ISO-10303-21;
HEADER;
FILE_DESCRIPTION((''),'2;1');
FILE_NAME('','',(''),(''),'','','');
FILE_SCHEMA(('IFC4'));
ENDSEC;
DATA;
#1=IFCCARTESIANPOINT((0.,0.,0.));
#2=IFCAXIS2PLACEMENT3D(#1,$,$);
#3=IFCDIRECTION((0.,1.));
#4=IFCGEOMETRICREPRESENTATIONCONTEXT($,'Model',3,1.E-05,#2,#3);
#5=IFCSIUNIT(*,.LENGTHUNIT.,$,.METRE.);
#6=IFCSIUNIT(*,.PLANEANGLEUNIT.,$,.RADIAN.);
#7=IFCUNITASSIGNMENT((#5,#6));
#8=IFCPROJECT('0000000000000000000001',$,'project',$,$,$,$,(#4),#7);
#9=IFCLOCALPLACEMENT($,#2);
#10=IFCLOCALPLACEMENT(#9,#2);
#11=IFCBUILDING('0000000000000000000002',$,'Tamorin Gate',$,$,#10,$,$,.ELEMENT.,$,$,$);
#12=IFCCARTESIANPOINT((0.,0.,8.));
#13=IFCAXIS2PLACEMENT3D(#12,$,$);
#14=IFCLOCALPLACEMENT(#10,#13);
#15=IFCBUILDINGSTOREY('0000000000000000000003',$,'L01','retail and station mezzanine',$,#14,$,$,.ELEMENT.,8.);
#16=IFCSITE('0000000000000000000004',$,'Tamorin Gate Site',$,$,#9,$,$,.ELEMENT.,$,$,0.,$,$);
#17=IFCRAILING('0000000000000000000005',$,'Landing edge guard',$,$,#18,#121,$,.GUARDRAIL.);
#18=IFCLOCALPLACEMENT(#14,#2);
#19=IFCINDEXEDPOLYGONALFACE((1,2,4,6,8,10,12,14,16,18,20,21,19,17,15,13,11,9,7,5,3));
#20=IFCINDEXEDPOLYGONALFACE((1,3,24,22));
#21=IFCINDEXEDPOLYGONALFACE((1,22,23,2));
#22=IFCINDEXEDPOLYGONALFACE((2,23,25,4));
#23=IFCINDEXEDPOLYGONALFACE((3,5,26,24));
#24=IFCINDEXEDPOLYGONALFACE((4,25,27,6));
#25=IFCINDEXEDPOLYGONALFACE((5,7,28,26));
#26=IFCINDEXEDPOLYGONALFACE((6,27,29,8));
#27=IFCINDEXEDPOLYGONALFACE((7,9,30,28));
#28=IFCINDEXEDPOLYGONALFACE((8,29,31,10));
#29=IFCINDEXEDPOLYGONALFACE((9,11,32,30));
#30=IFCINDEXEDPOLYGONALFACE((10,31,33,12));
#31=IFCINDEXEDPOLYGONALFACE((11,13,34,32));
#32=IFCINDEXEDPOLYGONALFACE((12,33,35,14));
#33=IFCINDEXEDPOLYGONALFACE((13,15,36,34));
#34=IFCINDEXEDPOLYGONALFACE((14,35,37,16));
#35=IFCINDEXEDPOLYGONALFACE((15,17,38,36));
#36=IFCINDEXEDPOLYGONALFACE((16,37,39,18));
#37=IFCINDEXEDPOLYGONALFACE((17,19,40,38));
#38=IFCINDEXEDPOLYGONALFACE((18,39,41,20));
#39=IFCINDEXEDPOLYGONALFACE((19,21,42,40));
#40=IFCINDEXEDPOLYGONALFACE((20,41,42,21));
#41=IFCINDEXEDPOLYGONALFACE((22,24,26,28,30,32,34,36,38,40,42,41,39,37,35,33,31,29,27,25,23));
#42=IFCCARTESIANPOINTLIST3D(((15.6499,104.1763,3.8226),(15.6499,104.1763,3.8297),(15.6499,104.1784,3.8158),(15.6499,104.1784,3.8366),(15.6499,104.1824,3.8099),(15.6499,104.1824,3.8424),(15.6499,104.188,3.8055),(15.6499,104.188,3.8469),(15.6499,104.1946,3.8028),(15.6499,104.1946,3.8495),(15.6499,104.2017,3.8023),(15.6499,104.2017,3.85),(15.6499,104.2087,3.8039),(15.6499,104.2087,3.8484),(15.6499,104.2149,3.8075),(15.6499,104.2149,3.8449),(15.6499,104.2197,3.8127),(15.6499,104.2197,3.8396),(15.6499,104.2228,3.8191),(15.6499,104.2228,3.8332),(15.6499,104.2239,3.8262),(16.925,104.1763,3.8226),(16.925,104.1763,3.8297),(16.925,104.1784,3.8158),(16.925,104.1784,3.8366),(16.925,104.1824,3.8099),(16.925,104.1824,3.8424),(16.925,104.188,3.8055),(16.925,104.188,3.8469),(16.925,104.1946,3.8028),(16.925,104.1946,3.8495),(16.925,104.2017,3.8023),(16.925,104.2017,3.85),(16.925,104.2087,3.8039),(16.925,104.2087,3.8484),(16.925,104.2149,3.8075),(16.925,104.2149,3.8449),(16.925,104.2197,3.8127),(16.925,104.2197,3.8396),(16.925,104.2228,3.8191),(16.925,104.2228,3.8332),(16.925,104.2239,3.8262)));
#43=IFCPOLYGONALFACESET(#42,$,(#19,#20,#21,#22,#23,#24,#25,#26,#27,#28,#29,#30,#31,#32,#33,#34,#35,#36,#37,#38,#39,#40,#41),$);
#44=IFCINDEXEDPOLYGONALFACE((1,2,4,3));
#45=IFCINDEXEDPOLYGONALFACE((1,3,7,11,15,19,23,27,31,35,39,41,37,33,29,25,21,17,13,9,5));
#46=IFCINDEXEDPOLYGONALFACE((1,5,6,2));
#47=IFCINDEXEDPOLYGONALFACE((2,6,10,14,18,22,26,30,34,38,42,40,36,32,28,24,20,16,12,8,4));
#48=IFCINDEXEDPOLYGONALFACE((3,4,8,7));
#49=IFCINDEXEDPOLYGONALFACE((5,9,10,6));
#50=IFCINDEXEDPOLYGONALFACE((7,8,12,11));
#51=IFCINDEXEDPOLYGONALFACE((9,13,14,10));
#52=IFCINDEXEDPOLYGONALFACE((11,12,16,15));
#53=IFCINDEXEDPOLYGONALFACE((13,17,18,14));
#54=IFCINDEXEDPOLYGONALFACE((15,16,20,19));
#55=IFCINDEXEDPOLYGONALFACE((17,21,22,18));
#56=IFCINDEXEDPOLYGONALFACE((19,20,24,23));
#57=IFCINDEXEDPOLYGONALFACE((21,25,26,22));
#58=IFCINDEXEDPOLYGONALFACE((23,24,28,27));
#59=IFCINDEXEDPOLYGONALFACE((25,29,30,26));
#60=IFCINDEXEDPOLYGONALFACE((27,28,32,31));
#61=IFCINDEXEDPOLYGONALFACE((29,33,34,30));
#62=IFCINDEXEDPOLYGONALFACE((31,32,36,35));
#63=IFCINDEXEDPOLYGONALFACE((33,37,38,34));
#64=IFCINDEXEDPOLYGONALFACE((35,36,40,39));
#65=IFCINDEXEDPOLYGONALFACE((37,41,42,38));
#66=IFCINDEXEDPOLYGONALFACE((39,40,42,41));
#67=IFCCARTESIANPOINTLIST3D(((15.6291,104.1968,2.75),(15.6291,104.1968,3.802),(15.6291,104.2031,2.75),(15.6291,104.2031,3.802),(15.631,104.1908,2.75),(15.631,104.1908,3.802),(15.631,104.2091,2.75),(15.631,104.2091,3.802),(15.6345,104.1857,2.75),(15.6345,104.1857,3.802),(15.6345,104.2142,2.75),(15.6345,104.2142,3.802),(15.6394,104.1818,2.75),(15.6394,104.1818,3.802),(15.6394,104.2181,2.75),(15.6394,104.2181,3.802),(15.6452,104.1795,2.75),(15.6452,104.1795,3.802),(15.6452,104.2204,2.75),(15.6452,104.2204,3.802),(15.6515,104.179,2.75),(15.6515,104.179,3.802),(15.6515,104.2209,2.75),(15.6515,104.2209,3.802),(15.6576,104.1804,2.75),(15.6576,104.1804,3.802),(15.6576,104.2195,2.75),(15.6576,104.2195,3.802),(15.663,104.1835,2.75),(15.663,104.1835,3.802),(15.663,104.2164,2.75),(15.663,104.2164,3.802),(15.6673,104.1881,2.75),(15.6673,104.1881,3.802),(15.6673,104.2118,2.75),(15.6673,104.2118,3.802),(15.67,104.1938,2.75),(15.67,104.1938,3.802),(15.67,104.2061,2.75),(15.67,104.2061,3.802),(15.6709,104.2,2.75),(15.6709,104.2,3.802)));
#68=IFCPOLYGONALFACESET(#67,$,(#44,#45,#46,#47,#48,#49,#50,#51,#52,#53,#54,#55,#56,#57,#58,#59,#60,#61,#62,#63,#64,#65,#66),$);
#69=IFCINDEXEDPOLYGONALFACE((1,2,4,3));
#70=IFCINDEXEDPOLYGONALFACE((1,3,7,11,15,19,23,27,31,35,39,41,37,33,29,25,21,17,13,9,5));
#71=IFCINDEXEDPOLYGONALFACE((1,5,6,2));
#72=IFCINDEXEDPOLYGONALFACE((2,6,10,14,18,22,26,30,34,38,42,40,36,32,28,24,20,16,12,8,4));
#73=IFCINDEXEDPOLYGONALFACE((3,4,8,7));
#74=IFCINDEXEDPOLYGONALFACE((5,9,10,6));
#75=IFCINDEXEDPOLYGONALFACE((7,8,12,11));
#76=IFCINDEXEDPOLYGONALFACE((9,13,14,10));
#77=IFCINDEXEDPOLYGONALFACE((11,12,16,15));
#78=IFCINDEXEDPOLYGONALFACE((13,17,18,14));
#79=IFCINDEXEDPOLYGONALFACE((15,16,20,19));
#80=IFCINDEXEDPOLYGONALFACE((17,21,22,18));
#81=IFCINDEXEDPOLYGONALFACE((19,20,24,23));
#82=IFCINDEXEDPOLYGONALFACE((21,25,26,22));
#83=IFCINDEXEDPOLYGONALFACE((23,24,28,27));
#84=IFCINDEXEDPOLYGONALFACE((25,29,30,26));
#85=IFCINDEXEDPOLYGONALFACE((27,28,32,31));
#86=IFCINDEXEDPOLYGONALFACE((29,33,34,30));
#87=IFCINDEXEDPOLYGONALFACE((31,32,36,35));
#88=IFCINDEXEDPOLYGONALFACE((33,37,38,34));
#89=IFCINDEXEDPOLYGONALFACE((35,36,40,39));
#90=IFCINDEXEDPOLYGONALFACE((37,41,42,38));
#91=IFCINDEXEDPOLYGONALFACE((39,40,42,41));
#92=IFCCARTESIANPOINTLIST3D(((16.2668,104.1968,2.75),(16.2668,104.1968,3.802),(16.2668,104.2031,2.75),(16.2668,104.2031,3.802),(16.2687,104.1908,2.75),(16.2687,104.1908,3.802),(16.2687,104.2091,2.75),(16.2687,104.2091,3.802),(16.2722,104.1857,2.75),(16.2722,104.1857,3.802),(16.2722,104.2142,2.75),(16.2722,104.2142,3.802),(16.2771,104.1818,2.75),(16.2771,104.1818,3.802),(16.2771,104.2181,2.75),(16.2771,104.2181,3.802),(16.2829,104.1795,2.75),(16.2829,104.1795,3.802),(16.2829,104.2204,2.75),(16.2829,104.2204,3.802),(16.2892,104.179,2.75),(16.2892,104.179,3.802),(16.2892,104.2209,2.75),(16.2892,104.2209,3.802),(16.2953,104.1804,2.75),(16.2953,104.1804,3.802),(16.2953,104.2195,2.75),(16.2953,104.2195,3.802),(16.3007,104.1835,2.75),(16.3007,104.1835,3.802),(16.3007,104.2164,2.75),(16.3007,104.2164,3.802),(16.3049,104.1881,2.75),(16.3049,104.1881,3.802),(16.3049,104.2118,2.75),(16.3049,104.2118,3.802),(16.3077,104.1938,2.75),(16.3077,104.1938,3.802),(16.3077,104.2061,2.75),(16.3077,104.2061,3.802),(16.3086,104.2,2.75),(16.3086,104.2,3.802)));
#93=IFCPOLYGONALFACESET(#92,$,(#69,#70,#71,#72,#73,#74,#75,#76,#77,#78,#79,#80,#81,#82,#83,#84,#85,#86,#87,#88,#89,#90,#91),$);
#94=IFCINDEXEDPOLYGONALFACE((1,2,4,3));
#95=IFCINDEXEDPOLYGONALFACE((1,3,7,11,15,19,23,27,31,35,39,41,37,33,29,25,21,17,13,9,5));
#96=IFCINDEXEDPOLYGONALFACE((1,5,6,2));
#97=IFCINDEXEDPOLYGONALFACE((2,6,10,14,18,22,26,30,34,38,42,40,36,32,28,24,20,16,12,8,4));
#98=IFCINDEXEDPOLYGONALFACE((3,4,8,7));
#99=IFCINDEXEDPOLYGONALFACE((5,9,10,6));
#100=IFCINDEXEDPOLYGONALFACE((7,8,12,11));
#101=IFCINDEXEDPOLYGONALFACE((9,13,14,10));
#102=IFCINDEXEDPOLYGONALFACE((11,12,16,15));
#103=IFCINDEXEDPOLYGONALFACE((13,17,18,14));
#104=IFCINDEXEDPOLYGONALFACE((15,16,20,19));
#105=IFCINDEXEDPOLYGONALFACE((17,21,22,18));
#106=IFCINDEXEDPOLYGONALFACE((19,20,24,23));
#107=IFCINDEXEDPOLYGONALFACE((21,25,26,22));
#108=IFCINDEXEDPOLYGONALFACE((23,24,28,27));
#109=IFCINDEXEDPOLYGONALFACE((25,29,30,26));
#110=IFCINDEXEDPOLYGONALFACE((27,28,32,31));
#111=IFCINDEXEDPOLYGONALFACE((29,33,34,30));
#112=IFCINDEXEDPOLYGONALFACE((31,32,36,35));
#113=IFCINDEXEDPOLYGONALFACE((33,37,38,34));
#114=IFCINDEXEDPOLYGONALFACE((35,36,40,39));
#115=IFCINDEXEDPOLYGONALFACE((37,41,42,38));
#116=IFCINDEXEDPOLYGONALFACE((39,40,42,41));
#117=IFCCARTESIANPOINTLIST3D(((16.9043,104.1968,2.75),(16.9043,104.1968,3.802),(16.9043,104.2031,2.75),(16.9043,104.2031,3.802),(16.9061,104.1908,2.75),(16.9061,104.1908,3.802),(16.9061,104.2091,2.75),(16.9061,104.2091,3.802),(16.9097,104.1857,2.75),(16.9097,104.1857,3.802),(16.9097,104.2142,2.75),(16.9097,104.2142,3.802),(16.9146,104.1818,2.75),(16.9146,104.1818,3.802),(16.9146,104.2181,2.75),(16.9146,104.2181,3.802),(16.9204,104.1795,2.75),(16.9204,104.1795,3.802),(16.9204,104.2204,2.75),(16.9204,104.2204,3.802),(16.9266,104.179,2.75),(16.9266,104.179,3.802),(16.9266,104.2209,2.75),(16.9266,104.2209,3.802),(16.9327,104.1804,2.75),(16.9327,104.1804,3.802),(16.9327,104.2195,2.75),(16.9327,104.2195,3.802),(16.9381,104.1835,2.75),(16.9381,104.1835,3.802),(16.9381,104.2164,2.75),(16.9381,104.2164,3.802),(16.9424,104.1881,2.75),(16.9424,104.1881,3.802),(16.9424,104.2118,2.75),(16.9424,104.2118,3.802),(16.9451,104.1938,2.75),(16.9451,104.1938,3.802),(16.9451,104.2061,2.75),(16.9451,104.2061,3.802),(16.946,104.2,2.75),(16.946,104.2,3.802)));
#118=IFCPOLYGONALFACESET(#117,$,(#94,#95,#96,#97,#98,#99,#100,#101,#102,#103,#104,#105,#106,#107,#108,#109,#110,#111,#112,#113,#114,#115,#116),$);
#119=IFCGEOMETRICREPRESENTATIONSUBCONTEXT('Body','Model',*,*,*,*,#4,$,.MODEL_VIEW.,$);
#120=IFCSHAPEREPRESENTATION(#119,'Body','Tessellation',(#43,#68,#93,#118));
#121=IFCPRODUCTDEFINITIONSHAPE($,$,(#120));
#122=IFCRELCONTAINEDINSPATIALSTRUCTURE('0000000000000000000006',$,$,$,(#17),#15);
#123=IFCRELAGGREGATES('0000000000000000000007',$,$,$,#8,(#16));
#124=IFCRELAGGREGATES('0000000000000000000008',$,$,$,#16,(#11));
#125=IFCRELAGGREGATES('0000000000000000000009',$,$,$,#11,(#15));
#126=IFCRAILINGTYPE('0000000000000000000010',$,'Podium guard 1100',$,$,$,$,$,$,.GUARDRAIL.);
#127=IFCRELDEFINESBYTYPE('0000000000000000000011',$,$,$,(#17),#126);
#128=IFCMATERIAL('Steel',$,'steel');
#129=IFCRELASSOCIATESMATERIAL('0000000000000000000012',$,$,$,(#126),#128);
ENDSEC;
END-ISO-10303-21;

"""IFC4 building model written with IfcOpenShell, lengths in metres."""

from ifc_helpers import new_model, si_unit, direction, frame, origin, origin_2d, place, context, subcontext, project, spatial, circle, extrude, material, type_object, element, save


model = new_model("IFC4")

# Units and contexts
model_context = context("Model", 3, precision=1e-05, world=origin(), true_north=direction((0.0, 1.0)))
body_context = subcontext(model_context, "Body", "Model", "MODEL_VIEW")
ifc_project = project(units=[si_unit("LENGTHUNIT", "METRE"), si_unit("PLANEANGLEUNIT", "RADIAN")], contexts=[model_context])

# Site, building, storey
site_placement = place(None, origin())
site = spatial("IfcSite", under=ifc_project, at=site_placement, Name="Tamorin Gate Site", CompositionType="ELEMENT", RefElevation=0.0)
building_placement = place(site_placement, origin())
building = spatial("IfcBuilding", under=site, at=building_placement, Name="Tamorin Gate", CompositionType="ELEMENT")
storey_placement = place(building_placement, frame((0.0, 0.0, 8.0)))
storey = spatial("IfcBuildingStorey", under=building, at=storey_placement, Name="L01", Description="retail and station mezzanine", CompositionType="ELEMENT", Elevation=8.0)

# Railing
ifc_material_1 = material(Name="Steel", Category="steel")
railing_type_1 = type_object("IfcRailingType", Name="Podium guard 1100", PredefinedType="GUARDRAIL", material=ifc_material_1)
railing_1_placement = place(storey_placement, frame((15.6499, 104.2, 2.75)))
element("IfcRailing", 1, at=railing_1_placement, inside=storey, type_object=railing_type_1, Name="Landing edge guard", PredefinedType="GUARDRAIL", context=body_context, shape_type="SweptSolid", body=[
    extrude(circle(Radius=0.0239, at=origin_2d()), frame((0.0, 0.0, 1.0762), z_axis=(1.0, 0.0, 0.0), x_axis=(0.0, 1.0, 0.0)), (0.0, 0.0, 1.0), 1.2751),
    extrude(circle(Radius=0.021, at=origin_2d()), origin(), (0.0, 0.0, 1.0), 1.052),
    extrude(circle(Radius=0.021, at=origin_2d()), frame((0.6377, 0.0, 0.0)), (0.0, 0.0, 1.0), 1.052),
    extrude(circle(Radius=0.021, at=origin_2d()), frame((1.2751, 0.0, 0.0)), (0.0, 0.0, 1.0), 1.052),
])

save(model, "model.ifc")
